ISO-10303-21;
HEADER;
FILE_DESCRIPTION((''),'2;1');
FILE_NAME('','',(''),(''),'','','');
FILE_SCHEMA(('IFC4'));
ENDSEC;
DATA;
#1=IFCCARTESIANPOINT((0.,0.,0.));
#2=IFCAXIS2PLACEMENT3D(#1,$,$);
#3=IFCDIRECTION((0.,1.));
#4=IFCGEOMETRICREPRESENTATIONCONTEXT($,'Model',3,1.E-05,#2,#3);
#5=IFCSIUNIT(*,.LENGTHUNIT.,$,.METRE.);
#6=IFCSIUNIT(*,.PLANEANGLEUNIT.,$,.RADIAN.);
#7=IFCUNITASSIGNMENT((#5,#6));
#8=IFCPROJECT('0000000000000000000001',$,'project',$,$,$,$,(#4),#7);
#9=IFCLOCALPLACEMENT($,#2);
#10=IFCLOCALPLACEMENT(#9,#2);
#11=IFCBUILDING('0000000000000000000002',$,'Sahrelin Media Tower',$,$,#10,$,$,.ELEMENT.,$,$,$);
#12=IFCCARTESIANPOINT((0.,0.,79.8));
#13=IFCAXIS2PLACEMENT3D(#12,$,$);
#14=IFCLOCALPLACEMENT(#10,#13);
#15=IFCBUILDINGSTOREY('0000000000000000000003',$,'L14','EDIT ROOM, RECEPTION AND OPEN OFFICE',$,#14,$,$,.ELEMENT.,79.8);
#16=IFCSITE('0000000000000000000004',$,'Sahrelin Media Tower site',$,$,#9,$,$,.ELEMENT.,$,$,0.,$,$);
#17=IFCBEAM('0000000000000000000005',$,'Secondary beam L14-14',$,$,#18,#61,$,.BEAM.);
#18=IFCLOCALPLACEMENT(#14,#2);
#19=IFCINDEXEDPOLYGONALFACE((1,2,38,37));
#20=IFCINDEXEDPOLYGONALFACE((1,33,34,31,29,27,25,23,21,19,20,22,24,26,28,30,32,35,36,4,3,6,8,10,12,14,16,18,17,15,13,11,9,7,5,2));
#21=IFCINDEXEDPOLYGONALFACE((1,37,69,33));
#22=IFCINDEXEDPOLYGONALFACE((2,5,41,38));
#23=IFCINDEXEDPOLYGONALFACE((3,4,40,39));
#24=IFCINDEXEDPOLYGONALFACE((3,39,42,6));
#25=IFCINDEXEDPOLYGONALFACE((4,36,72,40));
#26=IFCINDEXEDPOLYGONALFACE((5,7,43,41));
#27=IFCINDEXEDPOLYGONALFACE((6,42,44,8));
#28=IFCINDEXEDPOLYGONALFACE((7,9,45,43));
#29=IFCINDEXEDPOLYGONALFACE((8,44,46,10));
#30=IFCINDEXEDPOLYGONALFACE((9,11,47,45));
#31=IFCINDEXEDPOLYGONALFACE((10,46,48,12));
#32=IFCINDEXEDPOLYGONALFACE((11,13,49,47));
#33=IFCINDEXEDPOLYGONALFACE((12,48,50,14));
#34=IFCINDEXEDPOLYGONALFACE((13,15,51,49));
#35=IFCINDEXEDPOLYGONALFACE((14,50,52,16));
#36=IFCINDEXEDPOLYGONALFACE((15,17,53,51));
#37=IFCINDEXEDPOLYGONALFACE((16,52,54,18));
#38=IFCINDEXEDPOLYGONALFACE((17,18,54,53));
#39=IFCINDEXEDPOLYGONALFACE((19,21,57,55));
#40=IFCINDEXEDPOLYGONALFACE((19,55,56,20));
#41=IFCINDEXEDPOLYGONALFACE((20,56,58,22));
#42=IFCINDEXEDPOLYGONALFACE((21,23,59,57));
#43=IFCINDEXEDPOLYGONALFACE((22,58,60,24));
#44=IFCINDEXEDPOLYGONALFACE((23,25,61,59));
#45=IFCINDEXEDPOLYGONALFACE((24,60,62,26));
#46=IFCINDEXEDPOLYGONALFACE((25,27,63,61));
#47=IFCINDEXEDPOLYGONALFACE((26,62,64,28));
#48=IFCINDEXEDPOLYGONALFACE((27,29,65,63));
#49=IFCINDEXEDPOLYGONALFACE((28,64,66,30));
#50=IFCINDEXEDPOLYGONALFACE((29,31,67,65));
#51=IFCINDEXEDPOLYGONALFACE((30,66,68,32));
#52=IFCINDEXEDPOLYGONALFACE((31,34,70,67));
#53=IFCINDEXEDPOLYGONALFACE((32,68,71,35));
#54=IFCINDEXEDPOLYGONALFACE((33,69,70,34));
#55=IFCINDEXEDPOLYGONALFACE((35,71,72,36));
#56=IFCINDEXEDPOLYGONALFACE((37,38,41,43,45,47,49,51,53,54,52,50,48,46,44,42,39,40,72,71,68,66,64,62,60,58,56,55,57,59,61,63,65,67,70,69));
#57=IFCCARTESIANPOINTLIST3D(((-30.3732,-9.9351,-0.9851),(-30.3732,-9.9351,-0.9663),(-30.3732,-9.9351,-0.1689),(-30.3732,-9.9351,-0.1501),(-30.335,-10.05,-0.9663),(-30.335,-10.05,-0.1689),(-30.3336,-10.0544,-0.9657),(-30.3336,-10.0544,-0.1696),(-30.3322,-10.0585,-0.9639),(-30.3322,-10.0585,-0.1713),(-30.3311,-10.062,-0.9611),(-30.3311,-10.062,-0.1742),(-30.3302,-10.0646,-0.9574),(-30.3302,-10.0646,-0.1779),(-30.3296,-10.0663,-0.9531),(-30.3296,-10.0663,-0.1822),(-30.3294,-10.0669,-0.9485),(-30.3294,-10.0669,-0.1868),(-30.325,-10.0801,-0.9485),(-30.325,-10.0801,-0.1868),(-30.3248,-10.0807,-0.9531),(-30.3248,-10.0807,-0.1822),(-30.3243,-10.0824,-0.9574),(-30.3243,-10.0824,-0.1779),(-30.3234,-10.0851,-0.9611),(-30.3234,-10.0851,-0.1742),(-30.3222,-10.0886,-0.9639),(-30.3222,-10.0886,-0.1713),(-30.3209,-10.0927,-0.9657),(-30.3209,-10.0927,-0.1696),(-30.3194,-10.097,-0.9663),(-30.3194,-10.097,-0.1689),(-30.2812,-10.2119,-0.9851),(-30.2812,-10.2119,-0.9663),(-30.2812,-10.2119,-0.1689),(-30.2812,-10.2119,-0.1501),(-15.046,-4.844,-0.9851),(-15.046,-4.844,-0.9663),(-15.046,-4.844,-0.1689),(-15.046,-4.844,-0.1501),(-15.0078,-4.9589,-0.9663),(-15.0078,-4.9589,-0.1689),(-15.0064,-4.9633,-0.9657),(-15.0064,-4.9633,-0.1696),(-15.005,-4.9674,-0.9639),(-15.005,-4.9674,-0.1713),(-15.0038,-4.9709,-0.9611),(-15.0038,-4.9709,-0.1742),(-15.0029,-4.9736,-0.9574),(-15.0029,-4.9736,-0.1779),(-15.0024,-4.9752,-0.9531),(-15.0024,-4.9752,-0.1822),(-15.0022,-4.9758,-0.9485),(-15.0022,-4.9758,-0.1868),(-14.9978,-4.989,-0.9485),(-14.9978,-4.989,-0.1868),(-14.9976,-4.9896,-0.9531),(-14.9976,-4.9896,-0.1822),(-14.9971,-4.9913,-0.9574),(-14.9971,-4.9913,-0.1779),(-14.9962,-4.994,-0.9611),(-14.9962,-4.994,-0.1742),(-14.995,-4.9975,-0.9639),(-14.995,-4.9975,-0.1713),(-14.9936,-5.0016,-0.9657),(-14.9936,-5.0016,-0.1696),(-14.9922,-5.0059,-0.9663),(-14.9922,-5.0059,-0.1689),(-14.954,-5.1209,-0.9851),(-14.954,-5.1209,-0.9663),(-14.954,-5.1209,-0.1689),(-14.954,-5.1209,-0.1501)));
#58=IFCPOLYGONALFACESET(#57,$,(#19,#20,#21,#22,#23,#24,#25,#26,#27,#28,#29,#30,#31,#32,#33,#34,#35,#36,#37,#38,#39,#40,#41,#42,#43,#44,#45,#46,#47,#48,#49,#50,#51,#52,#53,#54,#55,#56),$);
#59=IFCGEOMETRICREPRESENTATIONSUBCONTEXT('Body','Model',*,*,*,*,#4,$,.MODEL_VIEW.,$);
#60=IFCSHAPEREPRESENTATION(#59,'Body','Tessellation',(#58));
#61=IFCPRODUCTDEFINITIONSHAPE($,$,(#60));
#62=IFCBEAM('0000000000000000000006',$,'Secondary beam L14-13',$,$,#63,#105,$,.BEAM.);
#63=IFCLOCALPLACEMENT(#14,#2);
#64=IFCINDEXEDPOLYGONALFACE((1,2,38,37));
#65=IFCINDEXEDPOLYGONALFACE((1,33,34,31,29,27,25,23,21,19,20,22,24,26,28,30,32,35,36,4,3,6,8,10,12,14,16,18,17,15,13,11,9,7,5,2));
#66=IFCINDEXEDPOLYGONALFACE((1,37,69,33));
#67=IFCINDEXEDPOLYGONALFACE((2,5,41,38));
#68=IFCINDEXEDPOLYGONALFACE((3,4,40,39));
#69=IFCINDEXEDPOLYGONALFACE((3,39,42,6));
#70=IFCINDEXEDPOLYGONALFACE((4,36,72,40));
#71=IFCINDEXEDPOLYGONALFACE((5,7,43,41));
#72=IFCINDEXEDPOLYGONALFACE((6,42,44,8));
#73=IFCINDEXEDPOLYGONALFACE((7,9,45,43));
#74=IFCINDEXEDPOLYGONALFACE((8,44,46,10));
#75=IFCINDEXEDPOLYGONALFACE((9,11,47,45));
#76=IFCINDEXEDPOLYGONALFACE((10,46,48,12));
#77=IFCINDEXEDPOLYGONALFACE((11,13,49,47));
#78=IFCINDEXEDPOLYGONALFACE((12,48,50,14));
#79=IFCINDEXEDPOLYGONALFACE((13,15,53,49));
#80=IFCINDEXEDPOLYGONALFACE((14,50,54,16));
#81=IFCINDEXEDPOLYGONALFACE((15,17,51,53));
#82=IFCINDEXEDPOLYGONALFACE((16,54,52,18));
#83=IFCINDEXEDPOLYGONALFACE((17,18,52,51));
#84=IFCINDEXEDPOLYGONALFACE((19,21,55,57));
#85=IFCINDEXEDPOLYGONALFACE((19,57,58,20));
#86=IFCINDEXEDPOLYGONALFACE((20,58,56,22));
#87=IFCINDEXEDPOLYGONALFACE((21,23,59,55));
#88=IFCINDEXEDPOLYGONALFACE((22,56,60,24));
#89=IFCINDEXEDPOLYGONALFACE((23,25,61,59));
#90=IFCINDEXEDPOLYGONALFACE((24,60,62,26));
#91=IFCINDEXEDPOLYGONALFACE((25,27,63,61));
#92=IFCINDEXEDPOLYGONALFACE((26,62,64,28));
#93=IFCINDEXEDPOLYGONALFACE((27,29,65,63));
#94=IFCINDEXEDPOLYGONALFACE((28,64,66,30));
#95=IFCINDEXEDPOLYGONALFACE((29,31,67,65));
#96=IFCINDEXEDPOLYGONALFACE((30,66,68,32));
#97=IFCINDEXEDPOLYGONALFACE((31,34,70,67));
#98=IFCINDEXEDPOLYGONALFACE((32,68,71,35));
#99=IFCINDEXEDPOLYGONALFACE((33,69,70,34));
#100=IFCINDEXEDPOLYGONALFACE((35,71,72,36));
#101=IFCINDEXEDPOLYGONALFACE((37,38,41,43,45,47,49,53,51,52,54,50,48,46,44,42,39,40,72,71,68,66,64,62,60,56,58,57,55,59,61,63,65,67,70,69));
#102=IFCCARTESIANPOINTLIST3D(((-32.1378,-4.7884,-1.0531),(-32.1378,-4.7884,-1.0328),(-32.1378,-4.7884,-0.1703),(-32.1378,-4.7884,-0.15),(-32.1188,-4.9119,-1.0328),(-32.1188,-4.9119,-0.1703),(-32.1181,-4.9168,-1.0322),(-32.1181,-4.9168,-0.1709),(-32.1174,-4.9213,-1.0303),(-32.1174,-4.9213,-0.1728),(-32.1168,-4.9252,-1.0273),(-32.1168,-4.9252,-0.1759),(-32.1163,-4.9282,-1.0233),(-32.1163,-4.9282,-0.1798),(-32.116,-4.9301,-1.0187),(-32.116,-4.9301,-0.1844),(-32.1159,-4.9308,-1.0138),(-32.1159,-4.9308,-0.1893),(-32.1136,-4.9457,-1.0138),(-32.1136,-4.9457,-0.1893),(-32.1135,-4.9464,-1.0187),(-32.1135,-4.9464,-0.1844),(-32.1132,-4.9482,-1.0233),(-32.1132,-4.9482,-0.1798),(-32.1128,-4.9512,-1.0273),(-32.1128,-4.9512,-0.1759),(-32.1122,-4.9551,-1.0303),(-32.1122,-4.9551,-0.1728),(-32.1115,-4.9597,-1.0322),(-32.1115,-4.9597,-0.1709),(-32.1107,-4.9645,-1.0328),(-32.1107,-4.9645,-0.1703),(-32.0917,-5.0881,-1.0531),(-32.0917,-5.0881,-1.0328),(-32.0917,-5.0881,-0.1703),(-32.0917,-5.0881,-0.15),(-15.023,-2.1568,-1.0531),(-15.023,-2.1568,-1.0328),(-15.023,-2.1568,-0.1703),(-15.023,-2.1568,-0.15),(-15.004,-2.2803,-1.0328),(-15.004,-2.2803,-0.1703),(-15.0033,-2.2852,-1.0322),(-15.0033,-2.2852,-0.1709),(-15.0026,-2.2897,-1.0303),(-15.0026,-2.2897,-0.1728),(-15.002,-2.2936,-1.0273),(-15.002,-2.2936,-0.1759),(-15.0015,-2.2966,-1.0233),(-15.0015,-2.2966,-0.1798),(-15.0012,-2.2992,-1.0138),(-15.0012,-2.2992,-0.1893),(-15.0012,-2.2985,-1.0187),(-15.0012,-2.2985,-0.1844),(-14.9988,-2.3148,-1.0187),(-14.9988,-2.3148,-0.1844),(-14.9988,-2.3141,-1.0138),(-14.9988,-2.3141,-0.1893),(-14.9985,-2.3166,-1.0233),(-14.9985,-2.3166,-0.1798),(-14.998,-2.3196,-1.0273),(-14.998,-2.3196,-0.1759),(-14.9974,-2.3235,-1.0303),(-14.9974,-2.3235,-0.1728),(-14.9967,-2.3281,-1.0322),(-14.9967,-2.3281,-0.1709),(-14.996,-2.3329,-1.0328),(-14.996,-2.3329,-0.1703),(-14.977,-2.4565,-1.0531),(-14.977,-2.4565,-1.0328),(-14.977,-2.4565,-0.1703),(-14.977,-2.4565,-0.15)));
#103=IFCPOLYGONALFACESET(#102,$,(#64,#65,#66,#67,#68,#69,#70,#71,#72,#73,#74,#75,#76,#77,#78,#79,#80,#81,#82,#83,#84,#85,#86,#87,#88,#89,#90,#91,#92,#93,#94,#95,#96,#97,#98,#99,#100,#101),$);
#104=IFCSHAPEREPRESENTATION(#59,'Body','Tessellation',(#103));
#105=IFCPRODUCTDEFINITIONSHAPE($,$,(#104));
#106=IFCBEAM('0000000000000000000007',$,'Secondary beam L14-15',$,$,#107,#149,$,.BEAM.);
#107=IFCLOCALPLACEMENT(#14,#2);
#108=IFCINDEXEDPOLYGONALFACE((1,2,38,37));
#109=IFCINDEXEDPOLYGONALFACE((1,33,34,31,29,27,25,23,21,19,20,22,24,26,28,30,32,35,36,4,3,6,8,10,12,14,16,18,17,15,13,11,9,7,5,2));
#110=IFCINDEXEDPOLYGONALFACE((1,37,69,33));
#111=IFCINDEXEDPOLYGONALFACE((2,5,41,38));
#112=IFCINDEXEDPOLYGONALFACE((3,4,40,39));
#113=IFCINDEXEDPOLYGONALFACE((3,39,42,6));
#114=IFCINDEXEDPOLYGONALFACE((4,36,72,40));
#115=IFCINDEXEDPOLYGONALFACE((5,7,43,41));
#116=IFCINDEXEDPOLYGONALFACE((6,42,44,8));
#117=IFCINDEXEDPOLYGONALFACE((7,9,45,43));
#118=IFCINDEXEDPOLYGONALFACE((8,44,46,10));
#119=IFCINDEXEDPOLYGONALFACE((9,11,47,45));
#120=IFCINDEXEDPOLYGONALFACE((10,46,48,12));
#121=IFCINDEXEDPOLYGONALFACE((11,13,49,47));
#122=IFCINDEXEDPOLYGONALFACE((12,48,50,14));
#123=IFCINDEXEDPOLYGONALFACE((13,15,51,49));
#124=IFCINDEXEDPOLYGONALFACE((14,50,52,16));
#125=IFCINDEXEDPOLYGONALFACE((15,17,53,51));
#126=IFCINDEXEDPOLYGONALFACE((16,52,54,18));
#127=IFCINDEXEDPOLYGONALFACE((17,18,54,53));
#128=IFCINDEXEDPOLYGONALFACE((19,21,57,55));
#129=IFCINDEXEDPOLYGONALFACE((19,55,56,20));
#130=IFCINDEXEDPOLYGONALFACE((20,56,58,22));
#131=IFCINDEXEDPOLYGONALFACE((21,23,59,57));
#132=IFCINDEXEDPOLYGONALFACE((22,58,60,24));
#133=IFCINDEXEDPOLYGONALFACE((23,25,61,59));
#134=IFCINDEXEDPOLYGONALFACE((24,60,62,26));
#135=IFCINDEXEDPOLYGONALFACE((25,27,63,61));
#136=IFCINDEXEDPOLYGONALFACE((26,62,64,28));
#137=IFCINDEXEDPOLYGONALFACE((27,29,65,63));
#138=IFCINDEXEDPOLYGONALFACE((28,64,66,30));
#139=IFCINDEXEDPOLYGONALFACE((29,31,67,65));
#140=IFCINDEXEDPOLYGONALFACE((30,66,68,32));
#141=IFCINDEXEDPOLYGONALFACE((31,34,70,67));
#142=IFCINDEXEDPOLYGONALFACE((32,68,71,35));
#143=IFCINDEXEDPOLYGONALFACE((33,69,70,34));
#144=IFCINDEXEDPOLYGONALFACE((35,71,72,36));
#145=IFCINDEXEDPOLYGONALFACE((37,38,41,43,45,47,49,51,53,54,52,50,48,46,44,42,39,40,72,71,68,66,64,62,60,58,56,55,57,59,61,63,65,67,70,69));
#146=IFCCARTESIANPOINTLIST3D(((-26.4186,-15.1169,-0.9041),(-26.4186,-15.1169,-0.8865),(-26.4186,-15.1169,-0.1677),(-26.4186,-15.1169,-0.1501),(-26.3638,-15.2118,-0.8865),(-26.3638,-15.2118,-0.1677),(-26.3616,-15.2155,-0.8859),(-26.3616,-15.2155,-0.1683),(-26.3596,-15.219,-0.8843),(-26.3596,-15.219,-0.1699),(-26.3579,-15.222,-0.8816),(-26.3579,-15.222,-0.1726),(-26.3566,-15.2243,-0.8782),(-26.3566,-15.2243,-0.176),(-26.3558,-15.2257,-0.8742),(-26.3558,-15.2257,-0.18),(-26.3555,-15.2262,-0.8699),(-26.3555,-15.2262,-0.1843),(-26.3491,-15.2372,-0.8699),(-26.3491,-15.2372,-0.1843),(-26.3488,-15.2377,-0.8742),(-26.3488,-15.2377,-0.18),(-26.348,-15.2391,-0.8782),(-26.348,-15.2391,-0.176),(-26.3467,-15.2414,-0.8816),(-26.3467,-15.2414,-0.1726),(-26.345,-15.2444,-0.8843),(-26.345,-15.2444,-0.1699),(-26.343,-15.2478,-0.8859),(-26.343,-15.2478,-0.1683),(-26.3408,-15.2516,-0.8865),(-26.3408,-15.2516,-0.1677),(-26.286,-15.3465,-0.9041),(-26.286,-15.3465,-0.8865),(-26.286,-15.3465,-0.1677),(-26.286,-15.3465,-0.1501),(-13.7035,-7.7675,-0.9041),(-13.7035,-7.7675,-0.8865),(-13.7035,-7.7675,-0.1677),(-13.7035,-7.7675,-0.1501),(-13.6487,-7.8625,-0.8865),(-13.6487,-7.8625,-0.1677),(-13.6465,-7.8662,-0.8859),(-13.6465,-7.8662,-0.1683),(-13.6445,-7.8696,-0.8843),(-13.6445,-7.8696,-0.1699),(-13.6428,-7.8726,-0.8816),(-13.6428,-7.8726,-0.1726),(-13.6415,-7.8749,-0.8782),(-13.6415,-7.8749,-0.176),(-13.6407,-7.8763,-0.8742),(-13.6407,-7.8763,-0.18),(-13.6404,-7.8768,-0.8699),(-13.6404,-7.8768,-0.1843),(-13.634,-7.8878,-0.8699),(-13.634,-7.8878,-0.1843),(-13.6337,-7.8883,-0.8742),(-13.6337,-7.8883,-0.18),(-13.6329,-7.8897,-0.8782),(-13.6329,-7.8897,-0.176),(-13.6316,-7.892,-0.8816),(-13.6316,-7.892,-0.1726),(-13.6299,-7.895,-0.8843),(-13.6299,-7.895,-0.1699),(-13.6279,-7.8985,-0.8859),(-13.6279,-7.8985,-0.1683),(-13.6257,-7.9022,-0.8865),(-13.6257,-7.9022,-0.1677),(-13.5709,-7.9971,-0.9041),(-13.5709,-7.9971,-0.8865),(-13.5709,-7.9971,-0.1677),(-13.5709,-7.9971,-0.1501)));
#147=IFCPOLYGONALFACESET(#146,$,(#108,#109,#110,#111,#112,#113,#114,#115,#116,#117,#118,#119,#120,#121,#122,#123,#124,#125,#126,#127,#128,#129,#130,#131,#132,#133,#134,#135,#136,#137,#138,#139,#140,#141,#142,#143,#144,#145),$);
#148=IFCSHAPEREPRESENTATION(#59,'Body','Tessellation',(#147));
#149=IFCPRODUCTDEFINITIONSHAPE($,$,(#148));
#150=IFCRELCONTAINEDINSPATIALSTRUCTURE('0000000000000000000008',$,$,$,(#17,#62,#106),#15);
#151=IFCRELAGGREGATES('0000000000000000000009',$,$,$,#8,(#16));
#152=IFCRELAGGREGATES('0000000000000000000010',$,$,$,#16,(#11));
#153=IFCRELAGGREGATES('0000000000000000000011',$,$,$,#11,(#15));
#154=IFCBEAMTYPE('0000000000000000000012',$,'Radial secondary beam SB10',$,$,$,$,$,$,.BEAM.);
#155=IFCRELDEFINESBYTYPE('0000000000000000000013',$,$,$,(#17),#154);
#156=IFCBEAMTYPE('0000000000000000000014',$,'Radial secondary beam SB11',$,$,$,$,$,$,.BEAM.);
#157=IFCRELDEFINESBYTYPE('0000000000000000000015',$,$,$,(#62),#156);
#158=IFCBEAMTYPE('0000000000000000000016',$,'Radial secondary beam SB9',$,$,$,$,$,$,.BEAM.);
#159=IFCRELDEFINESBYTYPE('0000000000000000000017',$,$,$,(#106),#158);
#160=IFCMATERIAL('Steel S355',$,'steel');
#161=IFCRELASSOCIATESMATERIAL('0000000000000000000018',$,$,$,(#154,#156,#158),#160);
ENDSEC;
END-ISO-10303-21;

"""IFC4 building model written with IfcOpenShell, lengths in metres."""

from ifc_helpers import new_model, si_unit, direction, frame, origin, origin_2d, place, context, subcontext, project, spatial, i_section, extrude, material, material_profile, profile_set, type_object, element, save


model = new_model("IFC4")

# Units and contexts
model_context = context("Model", 3, precision=1e-05, world=origin(), true_north=direction((0.0, 1.0)))
body_context = subcontext(model_context, "Body", "Model", "MODEL_VIEW")
ifc_project = project(units=[si_unit("LENGTHUNIT", "METRE"), si_unit("PLANEANGLEUNIT", "RADIAN")], contexts=[model_context])

# Site, building, storey
site_placement = place(None, origin())
site = spatial("IfcSite", under=ifc_project, at=site_placement, Name="Sahrelin Media Tower site", CompositionType="ELEMENT", RefElevation=0.0)
building_placement = place(site_placement, origin())
building = spatial("IfcBuilding", under=site, at=building_placement, Name="Sahrelin Media Tower", CompositionType="ELEMENT")
storey_placement = place(building_placement, frame((0.0, 0.0, 79.8)))
storey = spatial("IfcBuildingStorey", under=building, at=storey_placement, Name="L14", Description="EDIT ROOM, RECEPTION AND OPEN OFFICE", CompositionType="ELEMENT", Elevation=79.8)

# Beams
ifc_material_1 = material(Name="Steel S355", Category="steel")
ifc_material_profile_1 = material_profile(ifc_material_1, i_section(OverallWidth=0.2917, OverallDepth=0.835, WebThickness=0.0139, FlangeThickness=0.0188, FilletRadius=0.0178, at=origin_2d()), Name="UB 838x292x176")
ifc_profile_set_1 = profile_set([ifc_material_profile_1], Name="Steel S355")
beam_type_1 = type_object("IfcBeamType", Name="Radial secondary beam SB10", PredefinedType="BEAM", material=ifc_profile_set_1)
beam_1_placement = place(storey_placement, frame((-15.0, -4.9824, -0.5676), z_axis=(-0.949017, -0.315225, 0.0), x_axis=(0.315225, -0.949017, 0.0)))
element("IfcBeam", 1, at=beam_1_placement, inside=storey, type_object=beam_type_1, Name="Secondary beam L14-14", PredefinedType="BEAM", context=body_context, shape_type="SweptSolid", body=[
    extrude(i_section(OverallWidth=0.2917, OverallDepth=0.835, WebThickness=0.0139, FlangeThickness=0.0188, FilletRadius=0.0178, at=origin_2d()), origin(), (0.0, 0.0, 1.0), 16.1506),
])
ifc_material_profile_2 = material_profile(ifc_material_1, i_section(OverallWidth=0.3032, OverallDepth=0.9031, WebThickness=0.0151, FlangeThickness=0.0203, FilletRadius=0.019, at=origin_2d()), Name="UB 914x305x201")
ifc_profile_set_2 = profile_set([ifc_material_profile_2], Name="Steel S355")
beam_type_2 = type_object("IfcBeamType", Name="Radial secondary beam SB11", PredefinedType="BEAM", material=ifc_profile_set_2)
beam_2_placement = place(storey_placement, frame((-15.0, -2.3066, -0.6016), z_axis=(-0.988384, -0.151976, 0.0), x_axis=(0.151976, -0.988384, 0.0)))
element("IfcBeam", 2, at=beam_2_placement, inside=storey, type_object=beam_type_2, Name="Secondary beam L14-13", PredefinedType="BEAM", context=body_context, shape_type="SweptSolid", body=[
    extrude(i_section(OverallWidth=0.3032, OverallDepth=0.9031, WebThickness=0.0151, FlangeThickness=0.0203, FilletRadius=0.019, at=origin_2d()), origin(), (0.0, 0.0, 1.0), 17.3159),
])
ifc_material_profile_3 = material_profile(ifc_material_1, i_section(OverallWidth=0.2651, OverallDepth=0.7539, WebThickness=0.0127, FlangeThickness=0.0176, FilletRadius=0.0166, at=origin_2d()), Name="UB 762x267x147")
ifc_profile_set_3 = profile_set([ifc_material_profile_3], Name="Steel S355")
beam_type_3 = type_object("IfcBeamType", Name="Radial secondary beam SB9", PredefinedType="BEAM", material=ifc_profile_set_3)
beam_3_placement = place(storey_placement, frame((-13.6372, -7.8823, -0.5271), z_axis=(-0.86578, -0.500424, 0.0), x_axis=(0.500424, -0.86578, 0.0)))
element("IfcBeam", 3, at=beam_3_placement, inside=storey, type_object=beam_type_3, Name="Secondary beam L14-15", PredefinedType="BEAM", context=body_context, shape_type="SweptSolid", body=[
    extrude(i_section(OverallWidth=0.2651, OverallDepth=0.7539, WebThickness=0.0127, FlangeThickness=0.0176, FilletRadius=0.0166, at=origin_2d()), origin(), (0.0, 0.0, 1.0), 14.6863),
])

save(model, "model.ifc")
